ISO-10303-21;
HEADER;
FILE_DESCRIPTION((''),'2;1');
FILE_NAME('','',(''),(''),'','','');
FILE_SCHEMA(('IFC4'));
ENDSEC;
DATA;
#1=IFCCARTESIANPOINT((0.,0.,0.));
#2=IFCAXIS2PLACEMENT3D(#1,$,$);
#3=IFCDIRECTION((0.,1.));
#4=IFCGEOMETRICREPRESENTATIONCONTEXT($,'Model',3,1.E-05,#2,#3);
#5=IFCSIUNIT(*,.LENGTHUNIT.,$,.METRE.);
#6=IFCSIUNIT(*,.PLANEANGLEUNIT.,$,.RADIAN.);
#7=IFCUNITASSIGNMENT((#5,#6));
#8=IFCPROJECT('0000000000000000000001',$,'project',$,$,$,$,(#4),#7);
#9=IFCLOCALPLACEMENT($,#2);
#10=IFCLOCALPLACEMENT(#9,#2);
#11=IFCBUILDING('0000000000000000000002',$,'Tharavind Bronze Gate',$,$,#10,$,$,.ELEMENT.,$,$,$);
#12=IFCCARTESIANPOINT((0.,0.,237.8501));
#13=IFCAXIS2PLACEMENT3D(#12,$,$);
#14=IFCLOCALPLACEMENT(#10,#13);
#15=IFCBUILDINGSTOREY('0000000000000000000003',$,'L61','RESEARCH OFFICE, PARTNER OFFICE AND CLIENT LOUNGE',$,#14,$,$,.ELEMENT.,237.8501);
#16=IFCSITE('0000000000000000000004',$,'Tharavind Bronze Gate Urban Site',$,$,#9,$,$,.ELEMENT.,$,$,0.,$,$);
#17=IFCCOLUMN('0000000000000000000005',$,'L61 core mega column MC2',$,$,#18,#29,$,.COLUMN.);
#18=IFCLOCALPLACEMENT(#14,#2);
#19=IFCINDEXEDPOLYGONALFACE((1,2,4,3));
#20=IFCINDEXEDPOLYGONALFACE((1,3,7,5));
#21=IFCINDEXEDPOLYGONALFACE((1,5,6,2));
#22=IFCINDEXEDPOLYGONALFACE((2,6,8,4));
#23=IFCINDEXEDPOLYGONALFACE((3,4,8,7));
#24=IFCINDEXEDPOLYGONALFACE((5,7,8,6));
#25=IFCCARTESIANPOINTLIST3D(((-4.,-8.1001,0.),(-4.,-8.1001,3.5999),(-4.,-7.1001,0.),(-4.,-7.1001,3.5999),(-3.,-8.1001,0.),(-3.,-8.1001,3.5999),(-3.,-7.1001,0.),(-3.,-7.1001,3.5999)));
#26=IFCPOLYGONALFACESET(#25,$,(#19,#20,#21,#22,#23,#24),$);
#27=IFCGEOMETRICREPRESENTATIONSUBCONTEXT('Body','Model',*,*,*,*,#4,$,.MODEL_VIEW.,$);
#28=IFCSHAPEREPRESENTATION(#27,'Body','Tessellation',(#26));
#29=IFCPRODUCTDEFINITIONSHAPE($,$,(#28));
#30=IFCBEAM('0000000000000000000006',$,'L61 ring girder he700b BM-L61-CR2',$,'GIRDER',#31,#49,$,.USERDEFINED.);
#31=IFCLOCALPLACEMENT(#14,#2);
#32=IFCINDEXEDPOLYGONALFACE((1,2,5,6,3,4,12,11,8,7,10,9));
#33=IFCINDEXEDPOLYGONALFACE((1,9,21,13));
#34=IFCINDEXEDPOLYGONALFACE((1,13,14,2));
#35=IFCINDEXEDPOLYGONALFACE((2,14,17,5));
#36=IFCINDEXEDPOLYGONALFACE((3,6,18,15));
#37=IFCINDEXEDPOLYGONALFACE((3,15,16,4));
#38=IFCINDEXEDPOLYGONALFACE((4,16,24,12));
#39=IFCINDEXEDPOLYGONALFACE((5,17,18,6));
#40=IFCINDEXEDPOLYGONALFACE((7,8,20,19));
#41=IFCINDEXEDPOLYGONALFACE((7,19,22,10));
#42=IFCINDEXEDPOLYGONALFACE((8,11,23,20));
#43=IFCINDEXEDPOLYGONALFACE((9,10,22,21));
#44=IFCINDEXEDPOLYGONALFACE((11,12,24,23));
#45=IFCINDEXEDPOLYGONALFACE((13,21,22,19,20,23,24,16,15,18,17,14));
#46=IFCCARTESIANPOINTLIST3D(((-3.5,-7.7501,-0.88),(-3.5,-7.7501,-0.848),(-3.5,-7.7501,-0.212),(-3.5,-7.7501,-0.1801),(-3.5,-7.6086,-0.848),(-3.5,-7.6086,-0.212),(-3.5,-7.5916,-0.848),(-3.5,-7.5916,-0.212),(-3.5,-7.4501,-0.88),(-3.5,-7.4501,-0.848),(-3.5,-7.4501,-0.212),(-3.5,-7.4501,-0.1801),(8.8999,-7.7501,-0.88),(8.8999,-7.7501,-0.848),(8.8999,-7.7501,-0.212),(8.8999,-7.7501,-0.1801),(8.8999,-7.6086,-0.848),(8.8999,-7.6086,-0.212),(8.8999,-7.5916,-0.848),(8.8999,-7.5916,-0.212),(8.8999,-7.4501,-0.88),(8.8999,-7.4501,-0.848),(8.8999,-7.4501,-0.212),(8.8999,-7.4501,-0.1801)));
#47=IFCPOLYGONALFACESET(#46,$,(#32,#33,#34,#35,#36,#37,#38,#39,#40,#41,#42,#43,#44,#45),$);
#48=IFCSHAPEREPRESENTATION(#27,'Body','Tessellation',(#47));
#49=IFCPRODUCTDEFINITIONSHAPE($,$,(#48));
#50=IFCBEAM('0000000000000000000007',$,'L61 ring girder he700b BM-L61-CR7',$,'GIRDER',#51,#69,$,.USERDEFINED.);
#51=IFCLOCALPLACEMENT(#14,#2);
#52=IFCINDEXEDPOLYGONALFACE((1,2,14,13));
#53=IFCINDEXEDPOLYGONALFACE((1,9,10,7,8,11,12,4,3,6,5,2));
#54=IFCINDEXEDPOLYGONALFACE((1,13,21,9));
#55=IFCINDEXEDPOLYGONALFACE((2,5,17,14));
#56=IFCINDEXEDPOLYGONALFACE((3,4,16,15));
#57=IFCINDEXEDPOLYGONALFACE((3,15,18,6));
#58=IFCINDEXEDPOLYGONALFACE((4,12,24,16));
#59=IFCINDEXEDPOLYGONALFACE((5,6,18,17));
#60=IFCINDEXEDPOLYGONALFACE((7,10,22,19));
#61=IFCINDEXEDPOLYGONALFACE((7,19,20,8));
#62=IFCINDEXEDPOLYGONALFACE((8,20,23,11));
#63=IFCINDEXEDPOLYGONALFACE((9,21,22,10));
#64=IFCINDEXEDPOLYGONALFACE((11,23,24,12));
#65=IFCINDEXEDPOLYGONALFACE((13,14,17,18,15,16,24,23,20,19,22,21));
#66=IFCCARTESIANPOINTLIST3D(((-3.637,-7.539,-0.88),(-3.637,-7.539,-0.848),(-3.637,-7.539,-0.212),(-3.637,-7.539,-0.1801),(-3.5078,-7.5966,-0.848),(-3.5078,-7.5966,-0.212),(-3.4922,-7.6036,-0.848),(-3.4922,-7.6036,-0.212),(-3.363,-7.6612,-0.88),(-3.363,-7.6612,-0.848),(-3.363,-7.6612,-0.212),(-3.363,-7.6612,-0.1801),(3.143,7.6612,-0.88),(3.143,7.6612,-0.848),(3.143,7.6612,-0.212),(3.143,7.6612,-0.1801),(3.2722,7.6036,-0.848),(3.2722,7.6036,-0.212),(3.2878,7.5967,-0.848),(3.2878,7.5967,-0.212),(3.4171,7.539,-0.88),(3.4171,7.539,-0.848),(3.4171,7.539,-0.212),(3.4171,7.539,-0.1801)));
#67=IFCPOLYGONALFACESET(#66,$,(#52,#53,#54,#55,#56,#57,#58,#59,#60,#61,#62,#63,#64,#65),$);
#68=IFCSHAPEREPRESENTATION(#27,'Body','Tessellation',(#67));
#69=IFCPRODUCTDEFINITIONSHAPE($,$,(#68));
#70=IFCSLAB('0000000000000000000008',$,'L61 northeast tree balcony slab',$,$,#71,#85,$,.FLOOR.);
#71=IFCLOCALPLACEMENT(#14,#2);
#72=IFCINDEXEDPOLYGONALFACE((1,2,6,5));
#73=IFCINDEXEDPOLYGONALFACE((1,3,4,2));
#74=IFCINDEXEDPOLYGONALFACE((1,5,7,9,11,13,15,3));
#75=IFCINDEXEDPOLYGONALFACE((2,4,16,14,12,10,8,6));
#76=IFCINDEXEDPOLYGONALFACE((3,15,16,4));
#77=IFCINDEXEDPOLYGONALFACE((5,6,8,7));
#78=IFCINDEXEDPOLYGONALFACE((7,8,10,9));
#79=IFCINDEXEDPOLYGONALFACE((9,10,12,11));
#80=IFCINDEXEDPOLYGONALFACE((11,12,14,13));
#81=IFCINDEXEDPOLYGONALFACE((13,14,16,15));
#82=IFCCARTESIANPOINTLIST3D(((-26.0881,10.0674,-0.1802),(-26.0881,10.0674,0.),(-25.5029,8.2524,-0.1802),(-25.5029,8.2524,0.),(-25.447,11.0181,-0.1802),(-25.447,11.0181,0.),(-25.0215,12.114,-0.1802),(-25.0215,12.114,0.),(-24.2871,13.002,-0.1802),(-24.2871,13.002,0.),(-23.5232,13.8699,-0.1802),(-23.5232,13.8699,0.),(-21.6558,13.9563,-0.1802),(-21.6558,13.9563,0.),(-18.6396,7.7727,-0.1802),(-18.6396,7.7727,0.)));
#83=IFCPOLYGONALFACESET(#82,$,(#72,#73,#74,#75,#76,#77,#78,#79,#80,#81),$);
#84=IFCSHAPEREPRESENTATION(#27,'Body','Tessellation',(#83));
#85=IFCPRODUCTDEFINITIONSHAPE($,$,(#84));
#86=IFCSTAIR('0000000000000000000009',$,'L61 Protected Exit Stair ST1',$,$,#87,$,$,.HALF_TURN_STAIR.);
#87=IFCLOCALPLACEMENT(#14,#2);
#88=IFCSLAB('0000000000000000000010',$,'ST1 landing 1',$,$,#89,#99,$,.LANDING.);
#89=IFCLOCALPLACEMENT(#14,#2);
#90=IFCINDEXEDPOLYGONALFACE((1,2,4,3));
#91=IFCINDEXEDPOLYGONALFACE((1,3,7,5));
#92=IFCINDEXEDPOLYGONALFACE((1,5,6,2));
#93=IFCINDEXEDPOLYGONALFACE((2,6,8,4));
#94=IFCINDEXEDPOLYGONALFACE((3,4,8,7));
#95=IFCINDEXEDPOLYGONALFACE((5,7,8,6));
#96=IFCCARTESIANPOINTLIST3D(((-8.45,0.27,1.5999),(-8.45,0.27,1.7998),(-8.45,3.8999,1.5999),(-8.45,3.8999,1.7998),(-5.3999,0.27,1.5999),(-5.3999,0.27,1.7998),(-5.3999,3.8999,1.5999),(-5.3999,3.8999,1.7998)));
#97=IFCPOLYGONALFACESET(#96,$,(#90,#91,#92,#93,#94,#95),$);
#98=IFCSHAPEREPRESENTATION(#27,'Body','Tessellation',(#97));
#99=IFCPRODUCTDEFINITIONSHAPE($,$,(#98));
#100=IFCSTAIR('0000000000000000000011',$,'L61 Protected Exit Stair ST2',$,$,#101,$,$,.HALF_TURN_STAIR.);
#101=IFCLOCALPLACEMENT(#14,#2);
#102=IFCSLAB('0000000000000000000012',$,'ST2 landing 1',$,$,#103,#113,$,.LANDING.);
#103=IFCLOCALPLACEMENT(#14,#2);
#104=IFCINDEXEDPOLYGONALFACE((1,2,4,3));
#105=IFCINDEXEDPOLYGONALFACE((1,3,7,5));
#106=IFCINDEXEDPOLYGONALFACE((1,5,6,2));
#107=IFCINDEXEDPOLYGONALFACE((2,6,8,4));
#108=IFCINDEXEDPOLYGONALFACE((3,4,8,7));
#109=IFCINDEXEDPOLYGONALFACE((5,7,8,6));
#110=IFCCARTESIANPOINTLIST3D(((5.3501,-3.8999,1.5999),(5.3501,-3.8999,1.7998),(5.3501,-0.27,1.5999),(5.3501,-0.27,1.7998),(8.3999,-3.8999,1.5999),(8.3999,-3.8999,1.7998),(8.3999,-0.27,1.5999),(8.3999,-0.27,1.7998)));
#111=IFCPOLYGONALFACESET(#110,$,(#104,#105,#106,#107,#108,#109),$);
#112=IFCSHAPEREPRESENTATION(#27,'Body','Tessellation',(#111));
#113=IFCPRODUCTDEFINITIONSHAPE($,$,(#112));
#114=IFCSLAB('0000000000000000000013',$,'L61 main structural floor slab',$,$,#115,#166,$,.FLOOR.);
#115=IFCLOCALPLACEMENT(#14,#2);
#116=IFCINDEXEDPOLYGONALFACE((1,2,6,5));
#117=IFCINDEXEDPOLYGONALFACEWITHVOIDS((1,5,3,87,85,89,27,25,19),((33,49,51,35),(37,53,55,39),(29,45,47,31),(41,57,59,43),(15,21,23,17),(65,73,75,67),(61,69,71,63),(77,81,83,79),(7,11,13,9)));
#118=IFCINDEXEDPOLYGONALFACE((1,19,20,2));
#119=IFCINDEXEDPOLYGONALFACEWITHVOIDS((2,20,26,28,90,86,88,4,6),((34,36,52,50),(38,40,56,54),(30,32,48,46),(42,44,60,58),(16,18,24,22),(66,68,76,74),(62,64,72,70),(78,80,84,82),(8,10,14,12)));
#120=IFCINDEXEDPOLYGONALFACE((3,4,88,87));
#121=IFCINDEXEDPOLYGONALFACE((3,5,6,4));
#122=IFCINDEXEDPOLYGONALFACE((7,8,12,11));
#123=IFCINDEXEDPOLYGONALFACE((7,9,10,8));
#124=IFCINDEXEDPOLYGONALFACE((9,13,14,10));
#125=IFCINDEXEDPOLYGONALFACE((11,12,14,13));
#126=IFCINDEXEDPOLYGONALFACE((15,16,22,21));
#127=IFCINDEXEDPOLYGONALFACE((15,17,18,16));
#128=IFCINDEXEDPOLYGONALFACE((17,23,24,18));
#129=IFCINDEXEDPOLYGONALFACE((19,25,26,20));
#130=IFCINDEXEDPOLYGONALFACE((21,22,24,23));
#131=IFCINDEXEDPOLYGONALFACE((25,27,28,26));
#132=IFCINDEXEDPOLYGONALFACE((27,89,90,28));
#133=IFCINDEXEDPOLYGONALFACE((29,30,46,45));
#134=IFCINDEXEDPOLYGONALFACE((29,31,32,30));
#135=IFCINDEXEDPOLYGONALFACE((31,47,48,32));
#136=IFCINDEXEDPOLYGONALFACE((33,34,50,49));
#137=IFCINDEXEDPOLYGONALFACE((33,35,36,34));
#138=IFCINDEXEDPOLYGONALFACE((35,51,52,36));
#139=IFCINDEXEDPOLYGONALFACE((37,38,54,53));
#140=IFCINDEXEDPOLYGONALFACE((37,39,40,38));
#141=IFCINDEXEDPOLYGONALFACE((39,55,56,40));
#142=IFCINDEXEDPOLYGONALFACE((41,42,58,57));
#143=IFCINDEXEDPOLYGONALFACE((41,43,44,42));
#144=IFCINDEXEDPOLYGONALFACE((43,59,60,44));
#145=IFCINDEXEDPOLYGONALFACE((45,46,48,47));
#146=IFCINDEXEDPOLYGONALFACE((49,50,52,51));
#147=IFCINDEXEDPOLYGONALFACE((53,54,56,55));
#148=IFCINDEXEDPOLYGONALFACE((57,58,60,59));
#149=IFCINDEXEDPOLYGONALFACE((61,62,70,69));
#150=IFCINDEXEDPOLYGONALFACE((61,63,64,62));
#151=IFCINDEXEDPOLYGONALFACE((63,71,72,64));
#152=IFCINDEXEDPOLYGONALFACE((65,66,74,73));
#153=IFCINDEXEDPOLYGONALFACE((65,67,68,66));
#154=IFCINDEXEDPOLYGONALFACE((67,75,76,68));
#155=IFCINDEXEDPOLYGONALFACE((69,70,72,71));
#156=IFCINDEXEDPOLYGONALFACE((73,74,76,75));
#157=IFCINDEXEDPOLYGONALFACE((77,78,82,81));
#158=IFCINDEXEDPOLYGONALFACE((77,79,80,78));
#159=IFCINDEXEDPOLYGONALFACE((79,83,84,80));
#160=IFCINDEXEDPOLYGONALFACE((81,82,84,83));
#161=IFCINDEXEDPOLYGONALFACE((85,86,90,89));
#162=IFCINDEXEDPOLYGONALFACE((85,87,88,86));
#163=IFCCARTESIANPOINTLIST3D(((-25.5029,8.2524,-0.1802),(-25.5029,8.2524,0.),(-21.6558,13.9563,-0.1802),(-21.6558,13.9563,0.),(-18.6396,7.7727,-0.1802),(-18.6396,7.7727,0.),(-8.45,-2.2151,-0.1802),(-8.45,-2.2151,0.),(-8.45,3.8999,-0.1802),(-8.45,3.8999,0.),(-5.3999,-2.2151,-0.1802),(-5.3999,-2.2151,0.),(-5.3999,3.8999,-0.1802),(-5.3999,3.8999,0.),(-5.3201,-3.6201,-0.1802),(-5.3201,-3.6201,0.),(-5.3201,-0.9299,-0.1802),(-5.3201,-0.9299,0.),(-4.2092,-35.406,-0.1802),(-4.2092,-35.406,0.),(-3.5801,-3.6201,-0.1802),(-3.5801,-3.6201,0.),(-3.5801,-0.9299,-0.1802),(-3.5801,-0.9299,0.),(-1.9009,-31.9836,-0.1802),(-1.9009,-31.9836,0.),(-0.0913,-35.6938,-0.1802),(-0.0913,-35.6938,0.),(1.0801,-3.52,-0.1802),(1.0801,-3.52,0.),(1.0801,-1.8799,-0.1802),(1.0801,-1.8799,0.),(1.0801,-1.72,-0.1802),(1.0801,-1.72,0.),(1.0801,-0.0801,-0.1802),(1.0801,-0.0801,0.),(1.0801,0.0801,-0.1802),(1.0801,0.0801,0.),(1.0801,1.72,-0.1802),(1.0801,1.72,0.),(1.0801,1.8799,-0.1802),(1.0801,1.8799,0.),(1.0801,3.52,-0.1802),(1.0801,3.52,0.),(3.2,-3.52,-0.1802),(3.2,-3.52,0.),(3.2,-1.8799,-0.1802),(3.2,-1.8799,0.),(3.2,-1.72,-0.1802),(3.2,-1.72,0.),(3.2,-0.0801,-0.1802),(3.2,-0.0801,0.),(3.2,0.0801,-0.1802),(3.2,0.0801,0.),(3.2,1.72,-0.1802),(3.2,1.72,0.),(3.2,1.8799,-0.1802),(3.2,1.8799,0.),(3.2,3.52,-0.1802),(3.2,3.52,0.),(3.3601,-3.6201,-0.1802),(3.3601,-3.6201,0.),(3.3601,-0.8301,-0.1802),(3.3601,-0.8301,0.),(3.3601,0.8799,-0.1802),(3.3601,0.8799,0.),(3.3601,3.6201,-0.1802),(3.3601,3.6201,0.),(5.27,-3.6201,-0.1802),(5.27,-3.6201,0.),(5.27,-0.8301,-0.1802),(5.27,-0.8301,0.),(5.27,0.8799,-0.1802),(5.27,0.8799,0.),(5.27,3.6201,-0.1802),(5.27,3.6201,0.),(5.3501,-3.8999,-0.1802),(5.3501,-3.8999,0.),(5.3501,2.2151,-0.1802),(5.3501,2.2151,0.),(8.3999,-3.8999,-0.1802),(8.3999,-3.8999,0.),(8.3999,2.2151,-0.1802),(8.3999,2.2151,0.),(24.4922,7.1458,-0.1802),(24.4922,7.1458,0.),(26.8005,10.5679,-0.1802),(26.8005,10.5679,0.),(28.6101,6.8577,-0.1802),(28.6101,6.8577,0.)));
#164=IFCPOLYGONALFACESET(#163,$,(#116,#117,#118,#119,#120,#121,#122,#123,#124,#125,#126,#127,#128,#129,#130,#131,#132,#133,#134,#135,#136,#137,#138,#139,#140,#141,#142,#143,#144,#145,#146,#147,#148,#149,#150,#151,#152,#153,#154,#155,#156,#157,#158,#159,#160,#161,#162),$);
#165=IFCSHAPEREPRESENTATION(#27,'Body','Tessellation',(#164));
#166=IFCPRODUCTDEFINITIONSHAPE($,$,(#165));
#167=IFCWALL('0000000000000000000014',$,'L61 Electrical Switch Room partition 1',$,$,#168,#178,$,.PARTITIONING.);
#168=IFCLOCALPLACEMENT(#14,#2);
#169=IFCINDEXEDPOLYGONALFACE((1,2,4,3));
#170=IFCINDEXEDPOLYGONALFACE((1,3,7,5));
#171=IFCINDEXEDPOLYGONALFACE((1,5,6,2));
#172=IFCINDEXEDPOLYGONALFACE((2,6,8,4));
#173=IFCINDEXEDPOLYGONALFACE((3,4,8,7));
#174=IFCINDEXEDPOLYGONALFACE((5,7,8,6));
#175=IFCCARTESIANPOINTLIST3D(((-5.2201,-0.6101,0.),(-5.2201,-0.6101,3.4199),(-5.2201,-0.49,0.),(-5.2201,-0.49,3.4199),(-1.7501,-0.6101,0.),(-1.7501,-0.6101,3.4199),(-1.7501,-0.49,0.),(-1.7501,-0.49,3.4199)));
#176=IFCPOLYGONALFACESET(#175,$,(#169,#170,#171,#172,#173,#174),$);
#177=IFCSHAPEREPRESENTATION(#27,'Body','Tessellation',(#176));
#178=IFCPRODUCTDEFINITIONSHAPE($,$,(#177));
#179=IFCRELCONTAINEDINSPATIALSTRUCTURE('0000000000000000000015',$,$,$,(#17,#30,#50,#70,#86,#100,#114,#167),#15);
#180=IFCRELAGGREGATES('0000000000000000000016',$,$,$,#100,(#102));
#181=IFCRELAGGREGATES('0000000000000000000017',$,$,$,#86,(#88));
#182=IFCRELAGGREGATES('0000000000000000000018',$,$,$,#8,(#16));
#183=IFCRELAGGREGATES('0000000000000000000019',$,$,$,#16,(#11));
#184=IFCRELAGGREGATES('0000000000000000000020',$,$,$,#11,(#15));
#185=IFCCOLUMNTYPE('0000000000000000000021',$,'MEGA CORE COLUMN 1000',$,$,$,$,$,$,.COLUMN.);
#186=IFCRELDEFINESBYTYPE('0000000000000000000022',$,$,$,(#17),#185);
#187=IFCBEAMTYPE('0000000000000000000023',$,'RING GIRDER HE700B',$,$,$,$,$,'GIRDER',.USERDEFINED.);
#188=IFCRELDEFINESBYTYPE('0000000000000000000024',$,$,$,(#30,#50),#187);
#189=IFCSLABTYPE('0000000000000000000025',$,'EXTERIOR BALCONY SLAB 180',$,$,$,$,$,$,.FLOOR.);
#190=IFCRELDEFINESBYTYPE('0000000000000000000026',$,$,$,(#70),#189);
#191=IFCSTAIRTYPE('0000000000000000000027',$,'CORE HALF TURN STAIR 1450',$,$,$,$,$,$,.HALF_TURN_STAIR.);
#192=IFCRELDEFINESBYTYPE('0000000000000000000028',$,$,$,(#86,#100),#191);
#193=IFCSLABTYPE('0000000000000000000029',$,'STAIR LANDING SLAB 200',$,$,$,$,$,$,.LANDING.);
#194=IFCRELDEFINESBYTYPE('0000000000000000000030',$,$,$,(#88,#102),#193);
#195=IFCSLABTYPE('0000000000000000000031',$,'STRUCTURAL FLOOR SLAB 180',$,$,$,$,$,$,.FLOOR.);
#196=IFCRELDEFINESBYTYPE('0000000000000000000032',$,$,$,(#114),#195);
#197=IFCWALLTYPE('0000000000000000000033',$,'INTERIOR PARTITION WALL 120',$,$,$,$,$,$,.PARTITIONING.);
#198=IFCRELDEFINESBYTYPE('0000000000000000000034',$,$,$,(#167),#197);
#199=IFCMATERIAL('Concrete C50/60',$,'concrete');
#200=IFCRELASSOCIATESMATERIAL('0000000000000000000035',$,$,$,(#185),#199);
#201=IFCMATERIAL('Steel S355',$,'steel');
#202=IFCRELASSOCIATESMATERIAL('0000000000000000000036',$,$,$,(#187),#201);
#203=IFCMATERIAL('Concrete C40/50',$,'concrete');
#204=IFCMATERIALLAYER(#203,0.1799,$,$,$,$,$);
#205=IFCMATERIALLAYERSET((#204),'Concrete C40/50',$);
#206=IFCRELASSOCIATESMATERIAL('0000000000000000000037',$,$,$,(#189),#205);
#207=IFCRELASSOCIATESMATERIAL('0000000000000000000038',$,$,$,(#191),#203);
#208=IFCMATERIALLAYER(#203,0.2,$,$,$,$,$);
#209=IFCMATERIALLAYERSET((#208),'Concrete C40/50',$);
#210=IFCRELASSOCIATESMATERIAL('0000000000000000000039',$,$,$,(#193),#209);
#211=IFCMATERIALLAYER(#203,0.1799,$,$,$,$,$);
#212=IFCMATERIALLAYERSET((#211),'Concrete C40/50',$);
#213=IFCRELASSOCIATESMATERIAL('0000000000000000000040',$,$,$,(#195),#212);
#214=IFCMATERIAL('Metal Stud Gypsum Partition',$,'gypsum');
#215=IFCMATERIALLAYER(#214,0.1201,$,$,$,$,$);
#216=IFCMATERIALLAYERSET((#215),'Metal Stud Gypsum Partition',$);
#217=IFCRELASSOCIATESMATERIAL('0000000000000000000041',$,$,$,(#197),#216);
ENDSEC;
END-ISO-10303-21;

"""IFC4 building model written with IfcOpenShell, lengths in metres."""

from ifc_helpers import new_model, si_unit, direction, frame, frame_2d, origin, origin_2d, place, context, subcontext, project, spatial, polyline, rectangle, i_section, outline, extrude, material, layer, layer_set, material_profile, profile_set, type_object, element, aggregate, save


model = new_model("IFC4")

# Units and contexts
model_context = context("Model", 3, precision=1e-05, world=origin(), true_north=direction((0.0, 1.0)))
body_context = subcontext(model_context, "Body", "Model", "MODEL_VIEW")
ifc_project = project(units=[si_unit("LENGTHUNIT", "METRE"), si_unit("PLANEANGLEUNIT", "RADIAN")], contexts=[model_context])

# Site, building, storey
site_placement = place(None, origin())
site = spatial("IfcSite", under=ifc_project, at=site_placement, Name="Tharavind Bronze Gate Urban Site", CompositionType="ELEMENT", RefElevation=0.0)
building_placement = place(site_placement, origin())
building = spatial("IfcBuilding", under=site, at=building_placement, Name="Tharavind Bronze Gate", CompositionType="ELEMENT")
storey_placement = place(building_placement, frame((0.0, 0.0, 237.8501)))
storey = spatial("IfcBuildingStorey", under=building, at=storey_placement, Name="L61", Description="RESEARCH OFFICE, PARTNER OFFICE AND CLIENT LOUNGE", CompositionType="ELEMENT", Elevation=237.8501)

# Column
ifc_material_1 = material(Name="Concrete C50/60", Category="concrete")
ifc_material_profile_1 = material_profile(ifc_material_1, rectangle(XDim=1.0, YDim=1.0, at=origin_2d()), Name="RCCOL1000")
ifc_profile_set_1 = profile_set([ifc_material_profile_1], Name="Concrete C50/60")
column_type = type_object("IfcColumnType", Name="MEGA CORE COLUMN 1000", PredefinedType="COLUMN", material=ifc_profile_set_1)
column_placement = place(storey_placement, frame((-3.5, -7.6001, 0.0), z_axis=(0.0, 0.0, 1.0), x_axis=(1.0, 0.0, 0.0)))
element("IfcColumn", 1, at=column_placement, inside=storey, type_object=column_type, Name="L61 core mega column MC2", PredefinedType="COLUMN", context=body_context, shape_type="SweptSolid", body=[
    extrude(rectangle(XDim=1.0, YDim=1.0, at=origin_2d()), origin(), (0.0, 0.0, 1.0), 3.5999),
])

# Beams
ifc_material_2 = material(Name="Steel S355", Category="steel")
ifc_material_profile_2 = material_profile(ifc_material_2, i_section(OverallWidth=0.3, OverallDepth=0.7, WebThickness=0.0171, FlangeThickness=0.032, at=origin_2d()), Name="HE700B")
ifc_profile_set_2 = profile_set([ifc_material_profile_2], Name="Steel S355")
beam_type = type_object("IfcBeamType", Name="RING GIRDER HE700B", ElementType="GIRDER", PredefinedType="USERDEFINED", material=ifc_profile_set_2)
beam_1_placement = place(storey_placement, frame((-3.5, -7.6001, -0.53), z_axis=(1.0, 0.0, 0.0), x_axis=(0.0, 1.0, 0.0)))
element("IfcBeam", 2, at=beam_1_placement, inside=storey, type_object=beam_type, Name="L61 ring girder he700b BM-L61-CR2", ObjectType="GIRDER", PredefinedType="USERDEFINED", context=body_context, shape_type="SweptSolid", body=[
    extrude(i_section(OverallWidth=0.3, OverallDepth=0.7, WebThickness=0.0171, FlangeThickness=0.032, at=origin_2d()), origin(), (0.0, 0.0, 1.0), 12.3999),
])
beam_2_placement = place(storey_placement, frame((-3.5, -7.6001, -0.53), z_axis=(0.407362, 0.913267, 0.0), x_axis=(-0.913267, 0.407362, 0.0)))
element("IfcBeam", 3, at=beam_2_placement, inside=storey, type_object=beam_type, Name="L61 ring girder he700b BM-L61-CR7", ObjectType="GIRDER", PredefinedType="USERDEFINED", context=body_context, shape_type="SweptSolid", body=[
    extrude(i_section(OverallWidth=0.3, OverallDepth=0.7, WebThickness=0.0171, FlangeThickness=0.032, at=origin_2d()), origin(), (0.0, 0.0, 1.0), 16.6438),
])

# Slab
ifc_material_3 = material(Name="Concrete C40/50", Category="concrete")
ifc_layer_1 = layer(ifc_material_3, 0.1799)
ifc_layer_set_1 = layer_set([ifc_layer_1], Name="Concrete C40/50")
slab_type_1 = type_object("IfcSlabType", Name="EXTERIOR BALCONY SLAB 180", PredefinedType="FLOOR", material=ifc_layer_set_1)
slab_1_placement = place(storey_placement, frame((0.0, 0.0, -0.1802)))
element("IfcSlab", 4, at=slab_1_placement, inside=storey, type_object=slab_type_1, Name="L61 northeast tree balcony slab", PredefinedType="FLOOR", context=body_context, shape_type="SweptSolid", body=[
    extrude(outline(polyline([(-23.5232, 13.8699), (-24.2871, 13.002), (-25.0215, 12.114), (-25.447, 11.0181), (-26.0881, 10.0674), (-25.5029, 8.2524), (-18.6396, 7.7727), (-21.6558, 13.9563), (-23.5232, 13.8699)])), origin(), (0.0, 0.0, 1.0), 0.1802),
])

# Stairs, slabs
stair_type = type_object("IfcStairType", Name="CORE HALF TURN STAIR 1450", PredefinedType="HALF_TURN_STAIR", material=ifc_material_3)
stair_1_placement = place(storey_placement, origin())
stair_1 = element("IfcStair", 5, at=stair_1_placement, inside=storey, type_object=stair_type, Name="L61 Protected Exit Stair ST1", PredefinedType="HALF_TURN_STAIR")
ifc_layer_2 = layer(ifc_material_3, 0.2)
ifc_layer_set_2 = layer_set([ifc_layer_2], Name="Concrete C40/50")
slab_type_2 = type_object("IfcSlabType", Name="STAIR LANDING SLAB 200", PredefinedType="LANDING", material=ifc_layer_set_2)
slab_2_placement = place(storey_placement, frame((0.0, 0.0, 1.5999)))
slab_2 = element("IfcSlab", 6, at=slab_2_placement, type_object=slab_type_2, Name="ST1 landing 1", PredefinedType="LANDING", context=body_context, shape_type="SweptSolid", body=[
    extrude(outline(polyline([(-5.3999, 0.27), (-5.3999, 3.8999), (-8.45, 3.8999), (-8.45, 0.27), (-5.3999, 0.27)])), origin(), (0.0, 0.0, 1.0), 0.2),
])
stair_2_placement = place(storey_placement, origin())
stair_2 = element("IfcStair", 7, at=stair_2_placement, inside=storey, type_object=stair_type, Name="L61 Protected Exit Stair ST2", PredefinedType="HALF_TURN_STAIR")
slab_3_placement = place(storey_placement, frame((0.0, 0.0, 1.5999)))
slab_3 = element("IfcSlab", 8, at=slab_3_placement, type_object=slab_type_2, Name="ST2 landing 1", PredefinedType="LANDING", context=body_context, shape_type="SweptSolid", body=[
    extrude(outline(polyline([(5.3501, -0.27), (5.3501, -3.8999), (8.3999, -3.8999), (8.3999, -0.27), (5.3501, -0.27)])), origin(), (0.0, 0.0, 1.0), 0.2),
])
aggregate(stair_2, [slab_3])

# Slab
ifc_layer_3 = layer(ifc_material_3, 0.1799)
ifc_layer_set_3 = layer_set([ifc_layer_3], Name="Concrete C40/50")
slab_type_3 = type_object("IfcSlabType", Name="STRUCTURAL FLOOR SLAB 180", PredefinedType="FLOOR", material=ifc_layer_set_3)
slab_4_placement = place(storey_placement, frame((0.0, 0.0, -0.1802)))
element("IfcSlab", 9, at=slab_4_placement, inside=storey, type_object=slab_type_3, Name="L61 main structural floor slab", PredefinedType="FLOOR", context=body_context, shape_type="SweptSolid", body=[
    extrude(outline(polyline([(-21.6558, 13.9563), (-18.6396, 7.7727), (-25.5029, 8.2524), (-4.2092, -35.406), (-1.9009, -31.9836), (-0.0913, -35.6938), (28.6101, 6.8577), (24.4922, 7.1458), (26.8005, 10.5679), (-21.6558, 13.9563)]), holes=[polyline([(-5.3999, -2.2151), (-5.3999, 3.8999), (-8.45, 3.8999), (-8.45, -2.2151), (-5.3999, -2.2151)]), polyline([(5.3501, 2.2151), (5.3501, -3.8999), (8.3999, -3.8999), (8.3999, 2.2151), (5.3501, 2.2151)]), polyline([(1.0801, -3.52), (3.2, -3.52), (3.2, -1.8799), (1.0801, -1.8799), (1.0801, -3.52)]), polyline([(1.0801, -1.72), (3.2, -1.72), (3.2, -0.0801), (1.0801, -0.0801), (1.0801, -1.72)]), polyline([(1.0801, 0.0801), (3.2, 0.0801), (3.2, 1.72), (1.0801, 1.72), (1.0801, 0.0801)]), polyline([(1.0801, 1.8799), (3.2, 1.8799), (3.2, 3.52), (1.0801, 3.52), (1.0801, 1.8799)]), polyline([(-5.3201, -3.6201), (-3.5801, -3.6201), (-3.5801, -0.9299), (-5.3201, -0.9299), (-5.3201, -3.6201)]), polyline([(3.3601, 0.8799), (5.27, 0.8799), (5.27, 3.6201), (3.3601, 3.6201), (3.3601, 0.8799)]), polyline([(3.3601, -3.6201), (5.27, -3.6201), (5.27, -0.8301), (3.3601, -0.8301), (3.3601, -3.6201)])]), origin(), (0.0, 0.0, 1.0), 0.1802),
])

# Wall
ifc_material_4 = material(Name="Metal Stud Gypsum Partition", Category="gypsum")
ifc_layer_4 = layer(ifc_material_4, 0.1201)
ifc_layer_set_4 = layer_set([ifc_layer_4], Name="Metal Stud Gypsum Partition")
wall_type_1 = type_object("IfcWallType", Name="INTERIOR PARTITION WALL 120", PredefinedType="PARTITIONING", material=ifc_layer_set_4)
wall_1_placement = place(storey_placement, frame((-5.22, -0.55, 0.0), z_axis=(0.0, 0.0, 1.0), x_axis=(1.0, 0.0, 0.0)))
element("IfcWall", 10, at=wall_1_placement, inside=storey, type_object=wall_type_1, Name="L61 Electrical Switch Room partition 1", PredefinedType="PARTITIONING", context=body_context, shape_type="SweptSolid", body=[
    extrude(rectangle(XDim=3.47, YDim=0.1201, at=frame_2d((1.7349, 0.0))), origin(), (0.0, 0.0, 1.0), 3.4199),
])

aggregate(stair_1, [slab_2])

save(model, "model.ifc")
